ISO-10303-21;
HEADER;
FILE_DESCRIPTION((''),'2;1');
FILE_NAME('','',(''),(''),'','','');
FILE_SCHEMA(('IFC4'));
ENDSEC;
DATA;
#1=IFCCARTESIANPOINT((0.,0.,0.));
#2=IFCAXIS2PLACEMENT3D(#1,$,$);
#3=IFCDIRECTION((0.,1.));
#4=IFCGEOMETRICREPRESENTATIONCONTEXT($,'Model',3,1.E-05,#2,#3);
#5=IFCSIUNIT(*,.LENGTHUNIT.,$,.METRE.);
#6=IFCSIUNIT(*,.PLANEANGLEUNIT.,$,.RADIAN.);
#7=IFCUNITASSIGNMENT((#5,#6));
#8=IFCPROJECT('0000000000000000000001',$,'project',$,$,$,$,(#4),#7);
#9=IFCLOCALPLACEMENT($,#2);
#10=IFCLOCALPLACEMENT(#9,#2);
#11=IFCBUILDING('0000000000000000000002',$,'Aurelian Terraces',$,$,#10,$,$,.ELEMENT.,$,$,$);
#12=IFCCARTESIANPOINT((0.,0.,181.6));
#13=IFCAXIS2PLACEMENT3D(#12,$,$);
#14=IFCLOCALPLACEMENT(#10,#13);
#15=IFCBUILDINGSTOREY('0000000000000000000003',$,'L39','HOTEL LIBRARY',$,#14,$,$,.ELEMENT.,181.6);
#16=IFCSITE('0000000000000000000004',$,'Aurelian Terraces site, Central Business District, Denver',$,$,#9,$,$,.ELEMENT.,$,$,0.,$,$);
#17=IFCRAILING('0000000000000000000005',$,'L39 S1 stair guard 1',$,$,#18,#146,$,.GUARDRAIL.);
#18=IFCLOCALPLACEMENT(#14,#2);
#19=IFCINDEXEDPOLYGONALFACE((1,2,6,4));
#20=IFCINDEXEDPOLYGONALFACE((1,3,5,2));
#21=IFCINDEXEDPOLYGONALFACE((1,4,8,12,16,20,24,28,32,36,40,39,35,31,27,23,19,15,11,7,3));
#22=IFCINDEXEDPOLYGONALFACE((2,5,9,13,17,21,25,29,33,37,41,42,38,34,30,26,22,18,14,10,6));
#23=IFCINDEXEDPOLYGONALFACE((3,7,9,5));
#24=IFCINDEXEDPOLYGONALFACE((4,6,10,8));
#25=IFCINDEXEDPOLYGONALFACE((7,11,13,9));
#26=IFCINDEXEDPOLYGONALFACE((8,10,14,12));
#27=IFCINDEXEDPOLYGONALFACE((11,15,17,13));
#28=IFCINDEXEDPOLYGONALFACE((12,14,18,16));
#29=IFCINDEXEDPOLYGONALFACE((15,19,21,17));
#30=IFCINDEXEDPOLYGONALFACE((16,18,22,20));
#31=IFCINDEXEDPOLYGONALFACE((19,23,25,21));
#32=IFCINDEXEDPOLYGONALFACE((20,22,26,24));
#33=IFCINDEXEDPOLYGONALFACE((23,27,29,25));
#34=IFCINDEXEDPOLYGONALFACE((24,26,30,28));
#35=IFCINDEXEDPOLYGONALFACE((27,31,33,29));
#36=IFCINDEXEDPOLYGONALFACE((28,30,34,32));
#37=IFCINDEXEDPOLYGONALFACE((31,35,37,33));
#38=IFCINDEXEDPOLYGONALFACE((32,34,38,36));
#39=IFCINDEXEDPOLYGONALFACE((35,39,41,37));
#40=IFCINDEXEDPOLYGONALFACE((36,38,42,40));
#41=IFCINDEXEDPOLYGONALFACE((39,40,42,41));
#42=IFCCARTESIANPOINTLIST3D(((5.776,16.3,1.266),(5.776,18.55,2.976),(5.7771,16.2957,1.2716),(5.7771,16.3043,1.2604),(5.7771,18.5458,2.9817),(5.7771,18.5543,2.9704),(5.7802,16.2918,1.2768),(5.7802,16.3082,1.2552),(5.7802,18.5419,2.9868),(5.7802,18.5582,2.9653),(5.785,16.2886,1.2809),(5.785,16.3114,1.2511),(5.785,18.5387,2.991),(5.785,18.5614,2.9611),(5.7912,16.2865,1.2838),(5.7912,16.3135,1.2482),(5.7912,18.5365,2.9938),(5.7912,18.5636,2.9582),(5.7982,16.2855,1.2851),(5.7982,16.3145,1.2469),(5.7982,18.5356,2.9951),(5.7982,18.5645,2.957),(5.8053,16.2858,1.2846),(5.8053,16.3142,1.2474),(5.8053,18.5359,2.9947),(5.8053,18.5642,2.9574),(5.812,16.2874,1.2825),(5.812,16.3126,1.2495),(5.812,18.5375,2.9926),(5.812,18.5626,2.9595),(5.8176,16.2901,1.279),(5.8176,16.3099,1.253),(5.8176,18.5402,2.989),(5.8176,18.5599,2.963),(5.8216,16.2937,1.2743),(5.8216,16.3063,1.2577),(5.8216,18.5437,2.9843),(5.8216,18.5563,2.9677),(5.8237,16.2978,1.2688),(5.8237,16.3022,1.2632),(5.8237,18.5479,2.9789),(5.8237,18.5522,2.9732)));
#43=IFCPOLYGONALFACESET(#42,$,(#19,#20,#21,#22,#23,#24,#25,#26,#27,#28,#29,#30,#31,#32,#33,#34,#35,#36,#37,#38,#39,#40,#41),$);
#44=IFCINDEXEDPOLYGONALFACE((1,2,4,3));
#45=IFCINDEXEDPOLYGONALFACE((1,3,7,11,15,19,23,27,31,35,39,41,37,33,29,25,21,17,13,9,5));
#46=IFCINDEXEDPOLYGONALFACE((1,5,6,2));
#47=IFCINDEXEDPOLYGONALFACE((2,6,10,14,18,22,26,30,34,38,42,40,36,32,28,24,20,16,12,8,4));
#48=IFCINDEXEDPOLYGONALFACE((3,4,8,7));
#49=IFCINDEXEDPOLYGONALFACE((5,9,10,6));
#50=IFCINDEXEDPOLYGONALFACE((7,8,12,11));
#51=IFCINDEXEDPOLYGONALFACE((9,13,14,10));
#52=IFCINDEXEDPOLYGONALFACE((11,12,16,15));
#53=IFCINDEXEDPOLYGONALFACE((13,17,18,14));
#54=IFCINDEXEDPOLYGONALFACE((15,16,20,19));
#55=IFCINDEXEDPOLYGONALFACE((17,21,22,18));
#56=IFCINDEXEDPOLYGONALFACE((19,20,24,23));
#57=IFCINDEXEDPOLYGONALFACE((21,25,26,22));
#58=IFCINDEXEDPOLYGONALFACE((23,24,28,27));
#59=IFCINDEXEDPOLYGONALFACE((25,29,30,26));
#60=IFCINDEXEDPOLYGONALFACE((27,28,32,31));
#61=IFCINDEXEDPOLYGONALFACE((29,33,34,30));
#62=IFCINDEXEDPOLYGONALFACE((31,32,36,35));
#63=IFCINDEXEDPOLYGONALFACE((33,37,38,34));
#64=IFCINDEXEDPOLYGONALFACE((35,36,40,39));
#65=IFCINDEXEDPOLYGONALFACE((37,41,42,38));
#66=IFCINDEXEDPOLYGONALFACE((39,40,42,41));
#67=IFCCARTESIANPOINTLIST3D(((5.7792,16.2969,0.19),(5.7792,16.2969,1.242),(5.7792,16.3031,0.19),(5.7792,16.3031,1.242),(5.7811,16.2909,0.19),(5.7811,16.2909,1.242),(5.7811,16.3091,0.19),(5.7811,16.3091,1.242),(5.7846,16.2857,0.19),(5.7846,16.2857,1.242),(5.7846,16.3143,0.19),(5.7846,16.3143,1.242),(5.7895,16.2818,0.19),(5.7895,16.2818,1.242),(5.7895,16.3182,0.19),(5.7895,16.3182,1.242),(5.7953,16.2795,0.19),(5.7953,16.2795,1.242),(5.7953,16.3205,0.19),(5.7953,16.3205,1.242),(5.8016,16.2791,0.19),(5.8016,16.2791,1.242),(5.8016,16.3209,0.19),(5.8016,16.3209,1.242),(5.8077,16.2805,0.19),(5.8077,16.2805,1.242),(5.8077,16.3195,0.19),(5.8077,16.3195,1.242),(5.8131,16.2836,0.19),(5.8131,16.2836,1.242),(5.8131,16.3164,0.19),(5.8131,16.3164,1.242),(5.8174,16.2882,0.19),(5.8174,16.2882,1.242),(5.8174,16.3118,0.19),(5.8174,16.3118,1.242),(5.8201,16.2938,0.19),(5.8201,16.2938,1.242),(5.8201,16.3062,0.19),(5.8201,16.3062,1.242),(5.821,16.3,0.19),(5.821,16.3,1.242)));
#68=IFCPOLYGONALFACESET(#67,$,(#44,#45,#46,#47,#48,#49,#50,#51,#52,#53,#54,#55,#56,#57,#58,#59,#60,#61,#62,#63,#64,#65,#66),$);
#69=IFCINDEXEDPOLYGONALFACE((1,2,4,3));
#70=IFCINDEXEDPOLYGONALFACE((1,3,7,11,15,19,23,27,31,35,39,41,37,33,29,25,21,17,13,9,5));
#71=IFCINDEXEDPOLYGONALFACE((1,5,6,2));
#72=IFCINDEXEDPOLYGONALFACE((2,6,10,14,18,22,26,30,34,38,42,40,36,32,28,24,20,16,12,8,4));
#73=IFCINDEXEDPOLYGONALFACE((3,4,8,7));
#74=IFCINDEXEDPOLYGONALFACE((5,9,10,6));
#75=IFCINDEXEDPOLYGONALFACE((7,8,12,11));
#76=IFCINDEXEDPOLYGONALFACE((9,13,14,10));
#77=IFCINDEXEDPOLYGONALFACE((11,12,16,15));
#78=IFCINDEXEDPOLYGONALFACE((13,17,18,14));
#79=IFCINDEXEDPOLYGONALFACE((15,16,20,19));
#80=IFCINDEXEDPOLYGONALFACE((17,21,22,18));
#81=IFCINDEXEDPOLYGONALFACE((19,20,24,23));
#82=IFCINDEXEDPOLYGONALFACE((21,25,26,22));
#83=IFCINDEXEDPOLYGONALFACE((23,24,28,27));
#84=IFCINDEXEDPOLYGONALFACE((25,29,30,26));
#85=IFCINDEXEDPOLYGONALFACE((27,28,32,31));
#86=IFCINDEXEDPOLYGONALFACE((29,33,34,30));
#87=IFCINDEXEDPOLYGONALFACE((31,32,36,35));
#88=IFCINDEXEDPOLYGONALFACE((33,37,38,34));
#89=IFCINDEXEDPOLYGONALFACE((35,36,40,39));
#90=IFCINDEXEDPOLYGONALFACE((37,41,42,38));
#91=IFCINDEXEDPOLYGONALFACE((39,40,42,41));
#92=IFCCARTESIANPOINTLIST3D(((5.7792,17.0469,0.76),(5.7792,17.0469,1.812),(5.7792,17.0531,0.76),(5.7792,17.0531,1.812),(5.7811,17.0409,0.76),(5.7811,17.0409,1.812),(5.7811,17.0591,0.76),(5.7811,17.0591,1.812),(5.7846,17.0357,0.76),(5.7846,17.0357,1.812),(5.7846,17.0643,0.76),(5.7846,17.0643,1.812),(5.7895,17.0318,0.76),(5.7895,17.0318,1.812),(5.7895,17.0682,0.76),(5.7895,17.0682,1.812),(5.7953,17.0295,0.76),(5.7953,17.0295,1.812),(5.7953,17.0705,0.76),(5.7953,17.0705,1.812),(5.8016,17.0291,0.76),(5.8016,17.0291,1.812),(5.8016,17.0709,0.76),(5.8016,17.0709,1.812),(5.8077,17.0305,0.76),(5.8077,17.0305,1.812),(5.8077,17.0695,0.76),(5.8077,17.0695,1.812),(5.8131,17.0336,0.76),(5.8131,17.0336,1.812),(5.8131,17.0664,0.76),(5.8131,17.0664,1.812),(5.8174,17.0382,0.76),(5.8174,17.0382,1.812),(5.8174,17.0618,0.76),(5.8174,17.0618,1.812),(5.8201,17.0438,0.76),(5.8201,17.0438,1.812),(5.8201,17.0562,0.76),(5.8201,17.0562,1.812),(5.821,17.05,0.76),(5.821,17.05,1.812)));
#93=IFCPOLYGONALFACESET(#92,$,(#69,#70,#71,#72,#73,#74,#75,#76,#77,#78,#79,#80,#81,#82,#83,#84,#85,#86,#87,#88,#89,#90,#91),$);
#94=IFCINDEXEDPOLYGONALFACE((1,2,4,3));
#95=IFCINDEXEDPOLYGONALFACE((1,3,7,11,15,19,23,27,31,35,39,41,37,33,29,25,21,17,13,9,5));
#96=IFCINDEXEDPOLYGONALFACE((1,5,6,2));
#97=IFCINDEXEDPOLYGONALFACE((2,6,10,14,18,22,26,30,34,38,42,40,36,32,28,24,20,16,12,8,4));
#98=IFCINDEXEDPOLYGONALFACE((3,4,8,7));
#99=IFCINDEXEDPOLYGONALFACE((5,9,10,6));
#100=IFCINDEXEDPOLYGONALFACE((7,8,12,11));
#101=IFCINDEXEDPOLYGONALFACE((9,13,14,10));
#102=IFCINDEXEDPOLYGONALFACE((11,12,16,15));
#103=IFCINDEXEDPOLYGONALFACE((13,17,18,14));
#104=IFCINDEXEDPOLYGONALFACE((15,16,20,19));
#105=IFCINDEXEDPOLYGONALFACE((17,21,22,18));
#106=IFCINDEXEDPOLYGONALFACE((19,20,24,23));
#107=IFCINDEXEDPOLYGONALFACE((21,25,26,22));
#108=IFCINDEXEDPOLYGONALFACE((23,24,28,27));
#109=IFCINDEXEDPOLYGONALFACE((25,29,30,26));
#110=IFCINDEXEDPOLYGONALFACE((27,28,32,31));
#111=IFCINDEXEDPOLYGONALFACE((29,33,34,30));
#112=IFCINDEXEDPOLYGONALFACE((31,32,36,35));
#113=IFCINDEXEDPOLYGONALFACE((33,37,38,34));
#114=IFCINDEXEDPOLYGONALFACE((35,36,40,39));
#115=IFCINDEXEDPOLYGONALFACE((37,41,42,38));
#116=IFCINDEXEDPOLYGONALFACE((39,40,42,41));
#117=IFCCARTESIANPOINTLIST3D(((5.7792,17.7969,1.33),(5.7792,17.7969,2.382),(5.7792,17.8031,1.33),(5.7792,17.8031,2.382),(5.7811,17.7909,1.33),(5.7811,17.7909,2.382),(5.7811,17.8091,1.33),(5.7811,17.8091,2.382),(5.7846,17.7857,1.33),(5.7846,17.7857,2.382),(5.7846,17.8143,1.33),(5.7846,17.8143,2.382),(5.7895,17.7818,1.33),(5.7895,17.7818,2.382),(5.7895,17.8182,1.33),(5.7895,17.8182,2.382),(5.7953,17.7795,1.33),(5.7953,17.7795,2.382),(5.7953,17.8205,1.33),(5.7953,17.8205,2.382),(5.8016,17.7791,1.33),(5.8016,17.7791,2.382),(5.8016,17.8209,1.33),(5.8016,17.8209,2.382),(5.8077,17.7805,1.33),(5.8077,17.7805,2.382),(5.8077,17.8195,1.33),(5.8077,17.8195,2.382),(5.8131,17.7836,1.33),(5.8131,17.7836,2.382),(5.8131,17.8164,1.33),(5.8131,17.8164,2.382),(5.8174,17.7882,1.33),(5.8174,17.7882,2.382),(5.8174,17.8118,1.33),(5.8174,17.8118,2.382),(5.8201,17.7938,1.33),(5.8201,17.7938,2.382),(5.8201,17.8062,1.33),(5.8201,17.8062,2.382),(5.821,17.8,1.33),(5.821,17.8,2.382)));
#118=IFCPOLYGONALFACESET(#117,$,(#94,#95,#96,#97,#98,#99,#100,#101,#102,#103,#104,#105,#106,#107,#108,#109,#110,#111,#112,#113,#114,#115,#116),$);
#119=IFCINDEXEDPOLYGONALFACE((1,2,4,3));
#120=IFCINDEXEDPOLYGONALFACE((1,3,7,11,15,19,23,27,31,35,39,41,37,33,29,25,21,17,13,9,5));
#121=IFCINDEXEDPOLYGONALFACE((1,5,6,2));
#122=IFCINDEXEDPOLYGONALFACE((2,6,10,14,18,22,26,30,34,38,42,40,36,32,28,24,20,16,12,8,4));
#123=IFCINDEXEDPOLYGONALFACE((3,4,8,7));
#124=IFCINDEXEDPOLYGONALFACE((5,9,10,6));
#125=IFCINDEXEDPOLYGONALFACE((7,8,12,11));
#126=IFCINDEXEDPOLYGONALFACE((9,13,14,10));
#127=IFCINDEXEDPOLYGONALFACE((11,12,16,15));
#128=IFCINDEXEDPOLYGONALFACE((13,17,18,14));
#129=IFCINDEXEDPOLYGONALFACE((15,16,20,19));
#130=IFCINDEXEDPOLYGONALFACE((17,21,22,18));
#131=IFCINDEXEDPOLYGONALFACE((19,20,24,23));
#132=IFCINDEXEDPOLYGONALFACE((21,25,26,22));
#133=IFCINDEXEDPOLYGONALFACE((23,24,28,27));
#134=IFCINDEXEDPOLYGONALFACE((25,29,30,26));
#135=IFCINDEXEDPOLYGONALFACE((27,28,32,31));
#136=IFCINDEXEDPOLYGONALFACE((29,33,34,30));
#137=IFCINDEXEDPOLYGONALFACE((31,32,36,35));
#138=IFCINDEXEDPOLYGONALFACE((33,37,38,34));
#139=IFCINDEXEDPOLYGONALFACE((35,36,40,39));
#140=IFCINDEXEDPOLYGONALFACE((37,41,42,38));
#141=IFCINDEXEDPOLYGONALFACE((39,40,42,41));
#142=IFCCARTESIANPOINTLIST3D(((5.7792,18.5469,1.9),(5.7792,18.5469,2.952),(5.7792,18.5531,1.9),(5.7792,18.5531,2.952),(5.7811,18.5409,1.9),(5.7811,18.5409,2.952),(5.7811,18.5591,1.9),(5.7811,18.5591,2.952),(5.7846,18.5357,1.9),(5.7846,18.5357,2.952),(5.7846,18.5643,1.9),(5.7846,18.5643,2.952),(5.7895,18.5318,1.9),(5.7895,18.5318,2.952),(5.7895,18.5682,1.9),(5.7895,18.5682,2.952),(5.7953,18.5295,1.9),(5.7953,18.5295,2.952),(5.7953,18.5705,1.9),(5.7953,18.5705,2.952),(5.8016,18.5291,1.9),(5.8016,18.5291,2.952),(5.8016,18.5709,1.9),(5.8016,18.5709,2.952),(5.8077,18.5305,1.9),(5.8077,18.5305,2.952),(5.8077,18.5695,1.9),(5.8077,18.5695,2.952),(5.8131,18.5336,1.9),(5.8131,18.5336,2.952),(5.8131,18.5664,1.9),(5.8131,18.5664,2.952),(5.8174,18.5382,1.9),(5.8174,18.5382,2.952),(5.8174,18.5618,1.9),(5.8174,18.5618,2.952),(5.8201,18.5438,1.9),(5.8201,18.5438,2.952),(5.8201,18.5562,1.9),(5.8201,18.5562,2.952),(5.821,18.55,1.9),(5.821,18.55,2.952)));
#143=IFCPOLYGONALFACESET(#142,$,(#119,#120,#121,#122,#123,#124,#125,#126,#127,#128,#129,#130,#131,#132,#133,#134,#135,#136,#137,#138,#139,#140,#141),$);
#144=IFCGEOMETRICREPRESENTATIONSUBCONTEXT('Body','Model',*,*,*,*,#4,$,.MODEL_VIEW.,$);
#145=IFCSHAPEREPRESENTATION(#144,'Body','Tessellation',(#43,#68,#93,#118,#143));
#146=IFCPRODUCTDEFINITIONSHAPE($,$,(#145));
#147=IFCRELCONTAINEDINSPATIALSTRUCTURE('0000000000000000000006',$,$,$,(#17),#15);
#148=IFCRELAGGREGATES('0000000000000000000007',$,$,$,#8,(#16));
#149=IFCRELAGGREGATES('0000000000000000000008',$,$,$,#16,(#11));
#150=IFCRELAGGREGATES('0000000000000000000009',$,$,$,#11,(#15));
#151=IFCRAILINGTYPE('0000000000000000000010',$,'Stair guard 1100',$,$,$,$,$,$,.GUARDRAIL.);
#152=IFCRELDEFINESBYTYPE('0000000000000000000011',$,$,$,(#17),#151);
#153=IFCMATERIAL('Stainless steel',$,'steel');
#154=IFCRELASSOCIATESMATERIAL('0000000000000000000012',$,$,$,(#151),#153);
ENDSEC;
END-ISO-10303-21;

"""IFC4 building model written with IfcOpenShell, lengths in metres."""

from ifc_helpers import new_model, si_unit, direction, frame, origin, origin_2d, place, context, subcontext, project, spatial, circle, extrude, source, transform, mapped, material, type_object, element, save


model = new_model("IFC4")

# Units and contexts
model_context = context("Model", 3, precision=1e-05, world=origin(), true_north=direction((0.0, 1.0)))
body_context = subcontext(model_context, "Body", "Model", "MODEL_VIEW")
ifc_project = project(units=[si_unit("LENGTHUNIT", "METRE"), si_unit("PLANEANGLEUNIT", "RADIAN")], contexts=[model_context])

# Site, building, storey
site_placement = place(None, origin())
site = spatial("IfcSite", under=ifc_project, at=site_placement, Name="Aurelian Terraces site, Central Business District, Denver", CompositionType="ELEMENT", RefElevation=0.0)
building_placement = place(site_placement, origin())
building = spatial("IfcBuilding", under=site, at=building_placement, Name="Aurelian Terraces", CompositionType="ELEMENT")
storey_placement = place(building_placement, frame((0.0, 0.0, 181.6)))
storey = spatial("IfcBuildingStorey", under=building, at=storey_placement, Name="L39", Description="HOTEL LIBRARY", CompositionType="ELEMENT", Elevation=181.6)

# Shared definitions
ifc_material_1 = material(Name="Stainless steel", Category="steel")

# Railing
railing_type_1 = type_object("IfcRailingType", Name="Stair guard 1100", PredefinedType="GUARDRAIL", material=ifc_material_1)
shared_shape_1 = source(origin(), body_context, "Body", "SweptSolid", [
    extrude(circle(Radius=0.024, at=origin_2d()), frame((0.0, 0.0, 1.076), z_axis=(0.0, 0.796162, 0.605083), x_axis=(-1.0, 0.0, 0.0)), (0.0, 0.0, 1.0), 2.8261),
    extrude(circle(Radius=0.021, at=origin_2d()), origin(), (0.0, 0.0, 1.0), 1.052),
    extrude(circle(Radius=0.021, at=origin_2d()), frame((0.0, 0.75, 0.57)), (0.0, 0.0, 1.0), 1.052),
    extrude(circle(Radius=0.021, at=origin_2d()), frame((0.0, 1.5, 1.14)), (0.0, 0.0, 1.0), 1.052),
    extrude(circle(Radius=0.021, at=origin_2d()), frame((0.0, 2.25, 1.71)), (0.0, 0.0, 1.0), 1.052),
])
railing_1_placement = place(storey_placement, frame((5.8, 16.3, 0.19)))
element("IfcRailing", 1, at=railing_1_placement, inside=storey, type_object=railing_type_1, Name="L39 S1 stair guard 1", PredefinedType="GUARDRAIL", context=body_context, shape_type="MappedRepresentation", body=[
    mapped(shared_shape_1, transform((0.0, 0.0, 0.0), scale=1.0)),
])

save(model, "model.ifc")
